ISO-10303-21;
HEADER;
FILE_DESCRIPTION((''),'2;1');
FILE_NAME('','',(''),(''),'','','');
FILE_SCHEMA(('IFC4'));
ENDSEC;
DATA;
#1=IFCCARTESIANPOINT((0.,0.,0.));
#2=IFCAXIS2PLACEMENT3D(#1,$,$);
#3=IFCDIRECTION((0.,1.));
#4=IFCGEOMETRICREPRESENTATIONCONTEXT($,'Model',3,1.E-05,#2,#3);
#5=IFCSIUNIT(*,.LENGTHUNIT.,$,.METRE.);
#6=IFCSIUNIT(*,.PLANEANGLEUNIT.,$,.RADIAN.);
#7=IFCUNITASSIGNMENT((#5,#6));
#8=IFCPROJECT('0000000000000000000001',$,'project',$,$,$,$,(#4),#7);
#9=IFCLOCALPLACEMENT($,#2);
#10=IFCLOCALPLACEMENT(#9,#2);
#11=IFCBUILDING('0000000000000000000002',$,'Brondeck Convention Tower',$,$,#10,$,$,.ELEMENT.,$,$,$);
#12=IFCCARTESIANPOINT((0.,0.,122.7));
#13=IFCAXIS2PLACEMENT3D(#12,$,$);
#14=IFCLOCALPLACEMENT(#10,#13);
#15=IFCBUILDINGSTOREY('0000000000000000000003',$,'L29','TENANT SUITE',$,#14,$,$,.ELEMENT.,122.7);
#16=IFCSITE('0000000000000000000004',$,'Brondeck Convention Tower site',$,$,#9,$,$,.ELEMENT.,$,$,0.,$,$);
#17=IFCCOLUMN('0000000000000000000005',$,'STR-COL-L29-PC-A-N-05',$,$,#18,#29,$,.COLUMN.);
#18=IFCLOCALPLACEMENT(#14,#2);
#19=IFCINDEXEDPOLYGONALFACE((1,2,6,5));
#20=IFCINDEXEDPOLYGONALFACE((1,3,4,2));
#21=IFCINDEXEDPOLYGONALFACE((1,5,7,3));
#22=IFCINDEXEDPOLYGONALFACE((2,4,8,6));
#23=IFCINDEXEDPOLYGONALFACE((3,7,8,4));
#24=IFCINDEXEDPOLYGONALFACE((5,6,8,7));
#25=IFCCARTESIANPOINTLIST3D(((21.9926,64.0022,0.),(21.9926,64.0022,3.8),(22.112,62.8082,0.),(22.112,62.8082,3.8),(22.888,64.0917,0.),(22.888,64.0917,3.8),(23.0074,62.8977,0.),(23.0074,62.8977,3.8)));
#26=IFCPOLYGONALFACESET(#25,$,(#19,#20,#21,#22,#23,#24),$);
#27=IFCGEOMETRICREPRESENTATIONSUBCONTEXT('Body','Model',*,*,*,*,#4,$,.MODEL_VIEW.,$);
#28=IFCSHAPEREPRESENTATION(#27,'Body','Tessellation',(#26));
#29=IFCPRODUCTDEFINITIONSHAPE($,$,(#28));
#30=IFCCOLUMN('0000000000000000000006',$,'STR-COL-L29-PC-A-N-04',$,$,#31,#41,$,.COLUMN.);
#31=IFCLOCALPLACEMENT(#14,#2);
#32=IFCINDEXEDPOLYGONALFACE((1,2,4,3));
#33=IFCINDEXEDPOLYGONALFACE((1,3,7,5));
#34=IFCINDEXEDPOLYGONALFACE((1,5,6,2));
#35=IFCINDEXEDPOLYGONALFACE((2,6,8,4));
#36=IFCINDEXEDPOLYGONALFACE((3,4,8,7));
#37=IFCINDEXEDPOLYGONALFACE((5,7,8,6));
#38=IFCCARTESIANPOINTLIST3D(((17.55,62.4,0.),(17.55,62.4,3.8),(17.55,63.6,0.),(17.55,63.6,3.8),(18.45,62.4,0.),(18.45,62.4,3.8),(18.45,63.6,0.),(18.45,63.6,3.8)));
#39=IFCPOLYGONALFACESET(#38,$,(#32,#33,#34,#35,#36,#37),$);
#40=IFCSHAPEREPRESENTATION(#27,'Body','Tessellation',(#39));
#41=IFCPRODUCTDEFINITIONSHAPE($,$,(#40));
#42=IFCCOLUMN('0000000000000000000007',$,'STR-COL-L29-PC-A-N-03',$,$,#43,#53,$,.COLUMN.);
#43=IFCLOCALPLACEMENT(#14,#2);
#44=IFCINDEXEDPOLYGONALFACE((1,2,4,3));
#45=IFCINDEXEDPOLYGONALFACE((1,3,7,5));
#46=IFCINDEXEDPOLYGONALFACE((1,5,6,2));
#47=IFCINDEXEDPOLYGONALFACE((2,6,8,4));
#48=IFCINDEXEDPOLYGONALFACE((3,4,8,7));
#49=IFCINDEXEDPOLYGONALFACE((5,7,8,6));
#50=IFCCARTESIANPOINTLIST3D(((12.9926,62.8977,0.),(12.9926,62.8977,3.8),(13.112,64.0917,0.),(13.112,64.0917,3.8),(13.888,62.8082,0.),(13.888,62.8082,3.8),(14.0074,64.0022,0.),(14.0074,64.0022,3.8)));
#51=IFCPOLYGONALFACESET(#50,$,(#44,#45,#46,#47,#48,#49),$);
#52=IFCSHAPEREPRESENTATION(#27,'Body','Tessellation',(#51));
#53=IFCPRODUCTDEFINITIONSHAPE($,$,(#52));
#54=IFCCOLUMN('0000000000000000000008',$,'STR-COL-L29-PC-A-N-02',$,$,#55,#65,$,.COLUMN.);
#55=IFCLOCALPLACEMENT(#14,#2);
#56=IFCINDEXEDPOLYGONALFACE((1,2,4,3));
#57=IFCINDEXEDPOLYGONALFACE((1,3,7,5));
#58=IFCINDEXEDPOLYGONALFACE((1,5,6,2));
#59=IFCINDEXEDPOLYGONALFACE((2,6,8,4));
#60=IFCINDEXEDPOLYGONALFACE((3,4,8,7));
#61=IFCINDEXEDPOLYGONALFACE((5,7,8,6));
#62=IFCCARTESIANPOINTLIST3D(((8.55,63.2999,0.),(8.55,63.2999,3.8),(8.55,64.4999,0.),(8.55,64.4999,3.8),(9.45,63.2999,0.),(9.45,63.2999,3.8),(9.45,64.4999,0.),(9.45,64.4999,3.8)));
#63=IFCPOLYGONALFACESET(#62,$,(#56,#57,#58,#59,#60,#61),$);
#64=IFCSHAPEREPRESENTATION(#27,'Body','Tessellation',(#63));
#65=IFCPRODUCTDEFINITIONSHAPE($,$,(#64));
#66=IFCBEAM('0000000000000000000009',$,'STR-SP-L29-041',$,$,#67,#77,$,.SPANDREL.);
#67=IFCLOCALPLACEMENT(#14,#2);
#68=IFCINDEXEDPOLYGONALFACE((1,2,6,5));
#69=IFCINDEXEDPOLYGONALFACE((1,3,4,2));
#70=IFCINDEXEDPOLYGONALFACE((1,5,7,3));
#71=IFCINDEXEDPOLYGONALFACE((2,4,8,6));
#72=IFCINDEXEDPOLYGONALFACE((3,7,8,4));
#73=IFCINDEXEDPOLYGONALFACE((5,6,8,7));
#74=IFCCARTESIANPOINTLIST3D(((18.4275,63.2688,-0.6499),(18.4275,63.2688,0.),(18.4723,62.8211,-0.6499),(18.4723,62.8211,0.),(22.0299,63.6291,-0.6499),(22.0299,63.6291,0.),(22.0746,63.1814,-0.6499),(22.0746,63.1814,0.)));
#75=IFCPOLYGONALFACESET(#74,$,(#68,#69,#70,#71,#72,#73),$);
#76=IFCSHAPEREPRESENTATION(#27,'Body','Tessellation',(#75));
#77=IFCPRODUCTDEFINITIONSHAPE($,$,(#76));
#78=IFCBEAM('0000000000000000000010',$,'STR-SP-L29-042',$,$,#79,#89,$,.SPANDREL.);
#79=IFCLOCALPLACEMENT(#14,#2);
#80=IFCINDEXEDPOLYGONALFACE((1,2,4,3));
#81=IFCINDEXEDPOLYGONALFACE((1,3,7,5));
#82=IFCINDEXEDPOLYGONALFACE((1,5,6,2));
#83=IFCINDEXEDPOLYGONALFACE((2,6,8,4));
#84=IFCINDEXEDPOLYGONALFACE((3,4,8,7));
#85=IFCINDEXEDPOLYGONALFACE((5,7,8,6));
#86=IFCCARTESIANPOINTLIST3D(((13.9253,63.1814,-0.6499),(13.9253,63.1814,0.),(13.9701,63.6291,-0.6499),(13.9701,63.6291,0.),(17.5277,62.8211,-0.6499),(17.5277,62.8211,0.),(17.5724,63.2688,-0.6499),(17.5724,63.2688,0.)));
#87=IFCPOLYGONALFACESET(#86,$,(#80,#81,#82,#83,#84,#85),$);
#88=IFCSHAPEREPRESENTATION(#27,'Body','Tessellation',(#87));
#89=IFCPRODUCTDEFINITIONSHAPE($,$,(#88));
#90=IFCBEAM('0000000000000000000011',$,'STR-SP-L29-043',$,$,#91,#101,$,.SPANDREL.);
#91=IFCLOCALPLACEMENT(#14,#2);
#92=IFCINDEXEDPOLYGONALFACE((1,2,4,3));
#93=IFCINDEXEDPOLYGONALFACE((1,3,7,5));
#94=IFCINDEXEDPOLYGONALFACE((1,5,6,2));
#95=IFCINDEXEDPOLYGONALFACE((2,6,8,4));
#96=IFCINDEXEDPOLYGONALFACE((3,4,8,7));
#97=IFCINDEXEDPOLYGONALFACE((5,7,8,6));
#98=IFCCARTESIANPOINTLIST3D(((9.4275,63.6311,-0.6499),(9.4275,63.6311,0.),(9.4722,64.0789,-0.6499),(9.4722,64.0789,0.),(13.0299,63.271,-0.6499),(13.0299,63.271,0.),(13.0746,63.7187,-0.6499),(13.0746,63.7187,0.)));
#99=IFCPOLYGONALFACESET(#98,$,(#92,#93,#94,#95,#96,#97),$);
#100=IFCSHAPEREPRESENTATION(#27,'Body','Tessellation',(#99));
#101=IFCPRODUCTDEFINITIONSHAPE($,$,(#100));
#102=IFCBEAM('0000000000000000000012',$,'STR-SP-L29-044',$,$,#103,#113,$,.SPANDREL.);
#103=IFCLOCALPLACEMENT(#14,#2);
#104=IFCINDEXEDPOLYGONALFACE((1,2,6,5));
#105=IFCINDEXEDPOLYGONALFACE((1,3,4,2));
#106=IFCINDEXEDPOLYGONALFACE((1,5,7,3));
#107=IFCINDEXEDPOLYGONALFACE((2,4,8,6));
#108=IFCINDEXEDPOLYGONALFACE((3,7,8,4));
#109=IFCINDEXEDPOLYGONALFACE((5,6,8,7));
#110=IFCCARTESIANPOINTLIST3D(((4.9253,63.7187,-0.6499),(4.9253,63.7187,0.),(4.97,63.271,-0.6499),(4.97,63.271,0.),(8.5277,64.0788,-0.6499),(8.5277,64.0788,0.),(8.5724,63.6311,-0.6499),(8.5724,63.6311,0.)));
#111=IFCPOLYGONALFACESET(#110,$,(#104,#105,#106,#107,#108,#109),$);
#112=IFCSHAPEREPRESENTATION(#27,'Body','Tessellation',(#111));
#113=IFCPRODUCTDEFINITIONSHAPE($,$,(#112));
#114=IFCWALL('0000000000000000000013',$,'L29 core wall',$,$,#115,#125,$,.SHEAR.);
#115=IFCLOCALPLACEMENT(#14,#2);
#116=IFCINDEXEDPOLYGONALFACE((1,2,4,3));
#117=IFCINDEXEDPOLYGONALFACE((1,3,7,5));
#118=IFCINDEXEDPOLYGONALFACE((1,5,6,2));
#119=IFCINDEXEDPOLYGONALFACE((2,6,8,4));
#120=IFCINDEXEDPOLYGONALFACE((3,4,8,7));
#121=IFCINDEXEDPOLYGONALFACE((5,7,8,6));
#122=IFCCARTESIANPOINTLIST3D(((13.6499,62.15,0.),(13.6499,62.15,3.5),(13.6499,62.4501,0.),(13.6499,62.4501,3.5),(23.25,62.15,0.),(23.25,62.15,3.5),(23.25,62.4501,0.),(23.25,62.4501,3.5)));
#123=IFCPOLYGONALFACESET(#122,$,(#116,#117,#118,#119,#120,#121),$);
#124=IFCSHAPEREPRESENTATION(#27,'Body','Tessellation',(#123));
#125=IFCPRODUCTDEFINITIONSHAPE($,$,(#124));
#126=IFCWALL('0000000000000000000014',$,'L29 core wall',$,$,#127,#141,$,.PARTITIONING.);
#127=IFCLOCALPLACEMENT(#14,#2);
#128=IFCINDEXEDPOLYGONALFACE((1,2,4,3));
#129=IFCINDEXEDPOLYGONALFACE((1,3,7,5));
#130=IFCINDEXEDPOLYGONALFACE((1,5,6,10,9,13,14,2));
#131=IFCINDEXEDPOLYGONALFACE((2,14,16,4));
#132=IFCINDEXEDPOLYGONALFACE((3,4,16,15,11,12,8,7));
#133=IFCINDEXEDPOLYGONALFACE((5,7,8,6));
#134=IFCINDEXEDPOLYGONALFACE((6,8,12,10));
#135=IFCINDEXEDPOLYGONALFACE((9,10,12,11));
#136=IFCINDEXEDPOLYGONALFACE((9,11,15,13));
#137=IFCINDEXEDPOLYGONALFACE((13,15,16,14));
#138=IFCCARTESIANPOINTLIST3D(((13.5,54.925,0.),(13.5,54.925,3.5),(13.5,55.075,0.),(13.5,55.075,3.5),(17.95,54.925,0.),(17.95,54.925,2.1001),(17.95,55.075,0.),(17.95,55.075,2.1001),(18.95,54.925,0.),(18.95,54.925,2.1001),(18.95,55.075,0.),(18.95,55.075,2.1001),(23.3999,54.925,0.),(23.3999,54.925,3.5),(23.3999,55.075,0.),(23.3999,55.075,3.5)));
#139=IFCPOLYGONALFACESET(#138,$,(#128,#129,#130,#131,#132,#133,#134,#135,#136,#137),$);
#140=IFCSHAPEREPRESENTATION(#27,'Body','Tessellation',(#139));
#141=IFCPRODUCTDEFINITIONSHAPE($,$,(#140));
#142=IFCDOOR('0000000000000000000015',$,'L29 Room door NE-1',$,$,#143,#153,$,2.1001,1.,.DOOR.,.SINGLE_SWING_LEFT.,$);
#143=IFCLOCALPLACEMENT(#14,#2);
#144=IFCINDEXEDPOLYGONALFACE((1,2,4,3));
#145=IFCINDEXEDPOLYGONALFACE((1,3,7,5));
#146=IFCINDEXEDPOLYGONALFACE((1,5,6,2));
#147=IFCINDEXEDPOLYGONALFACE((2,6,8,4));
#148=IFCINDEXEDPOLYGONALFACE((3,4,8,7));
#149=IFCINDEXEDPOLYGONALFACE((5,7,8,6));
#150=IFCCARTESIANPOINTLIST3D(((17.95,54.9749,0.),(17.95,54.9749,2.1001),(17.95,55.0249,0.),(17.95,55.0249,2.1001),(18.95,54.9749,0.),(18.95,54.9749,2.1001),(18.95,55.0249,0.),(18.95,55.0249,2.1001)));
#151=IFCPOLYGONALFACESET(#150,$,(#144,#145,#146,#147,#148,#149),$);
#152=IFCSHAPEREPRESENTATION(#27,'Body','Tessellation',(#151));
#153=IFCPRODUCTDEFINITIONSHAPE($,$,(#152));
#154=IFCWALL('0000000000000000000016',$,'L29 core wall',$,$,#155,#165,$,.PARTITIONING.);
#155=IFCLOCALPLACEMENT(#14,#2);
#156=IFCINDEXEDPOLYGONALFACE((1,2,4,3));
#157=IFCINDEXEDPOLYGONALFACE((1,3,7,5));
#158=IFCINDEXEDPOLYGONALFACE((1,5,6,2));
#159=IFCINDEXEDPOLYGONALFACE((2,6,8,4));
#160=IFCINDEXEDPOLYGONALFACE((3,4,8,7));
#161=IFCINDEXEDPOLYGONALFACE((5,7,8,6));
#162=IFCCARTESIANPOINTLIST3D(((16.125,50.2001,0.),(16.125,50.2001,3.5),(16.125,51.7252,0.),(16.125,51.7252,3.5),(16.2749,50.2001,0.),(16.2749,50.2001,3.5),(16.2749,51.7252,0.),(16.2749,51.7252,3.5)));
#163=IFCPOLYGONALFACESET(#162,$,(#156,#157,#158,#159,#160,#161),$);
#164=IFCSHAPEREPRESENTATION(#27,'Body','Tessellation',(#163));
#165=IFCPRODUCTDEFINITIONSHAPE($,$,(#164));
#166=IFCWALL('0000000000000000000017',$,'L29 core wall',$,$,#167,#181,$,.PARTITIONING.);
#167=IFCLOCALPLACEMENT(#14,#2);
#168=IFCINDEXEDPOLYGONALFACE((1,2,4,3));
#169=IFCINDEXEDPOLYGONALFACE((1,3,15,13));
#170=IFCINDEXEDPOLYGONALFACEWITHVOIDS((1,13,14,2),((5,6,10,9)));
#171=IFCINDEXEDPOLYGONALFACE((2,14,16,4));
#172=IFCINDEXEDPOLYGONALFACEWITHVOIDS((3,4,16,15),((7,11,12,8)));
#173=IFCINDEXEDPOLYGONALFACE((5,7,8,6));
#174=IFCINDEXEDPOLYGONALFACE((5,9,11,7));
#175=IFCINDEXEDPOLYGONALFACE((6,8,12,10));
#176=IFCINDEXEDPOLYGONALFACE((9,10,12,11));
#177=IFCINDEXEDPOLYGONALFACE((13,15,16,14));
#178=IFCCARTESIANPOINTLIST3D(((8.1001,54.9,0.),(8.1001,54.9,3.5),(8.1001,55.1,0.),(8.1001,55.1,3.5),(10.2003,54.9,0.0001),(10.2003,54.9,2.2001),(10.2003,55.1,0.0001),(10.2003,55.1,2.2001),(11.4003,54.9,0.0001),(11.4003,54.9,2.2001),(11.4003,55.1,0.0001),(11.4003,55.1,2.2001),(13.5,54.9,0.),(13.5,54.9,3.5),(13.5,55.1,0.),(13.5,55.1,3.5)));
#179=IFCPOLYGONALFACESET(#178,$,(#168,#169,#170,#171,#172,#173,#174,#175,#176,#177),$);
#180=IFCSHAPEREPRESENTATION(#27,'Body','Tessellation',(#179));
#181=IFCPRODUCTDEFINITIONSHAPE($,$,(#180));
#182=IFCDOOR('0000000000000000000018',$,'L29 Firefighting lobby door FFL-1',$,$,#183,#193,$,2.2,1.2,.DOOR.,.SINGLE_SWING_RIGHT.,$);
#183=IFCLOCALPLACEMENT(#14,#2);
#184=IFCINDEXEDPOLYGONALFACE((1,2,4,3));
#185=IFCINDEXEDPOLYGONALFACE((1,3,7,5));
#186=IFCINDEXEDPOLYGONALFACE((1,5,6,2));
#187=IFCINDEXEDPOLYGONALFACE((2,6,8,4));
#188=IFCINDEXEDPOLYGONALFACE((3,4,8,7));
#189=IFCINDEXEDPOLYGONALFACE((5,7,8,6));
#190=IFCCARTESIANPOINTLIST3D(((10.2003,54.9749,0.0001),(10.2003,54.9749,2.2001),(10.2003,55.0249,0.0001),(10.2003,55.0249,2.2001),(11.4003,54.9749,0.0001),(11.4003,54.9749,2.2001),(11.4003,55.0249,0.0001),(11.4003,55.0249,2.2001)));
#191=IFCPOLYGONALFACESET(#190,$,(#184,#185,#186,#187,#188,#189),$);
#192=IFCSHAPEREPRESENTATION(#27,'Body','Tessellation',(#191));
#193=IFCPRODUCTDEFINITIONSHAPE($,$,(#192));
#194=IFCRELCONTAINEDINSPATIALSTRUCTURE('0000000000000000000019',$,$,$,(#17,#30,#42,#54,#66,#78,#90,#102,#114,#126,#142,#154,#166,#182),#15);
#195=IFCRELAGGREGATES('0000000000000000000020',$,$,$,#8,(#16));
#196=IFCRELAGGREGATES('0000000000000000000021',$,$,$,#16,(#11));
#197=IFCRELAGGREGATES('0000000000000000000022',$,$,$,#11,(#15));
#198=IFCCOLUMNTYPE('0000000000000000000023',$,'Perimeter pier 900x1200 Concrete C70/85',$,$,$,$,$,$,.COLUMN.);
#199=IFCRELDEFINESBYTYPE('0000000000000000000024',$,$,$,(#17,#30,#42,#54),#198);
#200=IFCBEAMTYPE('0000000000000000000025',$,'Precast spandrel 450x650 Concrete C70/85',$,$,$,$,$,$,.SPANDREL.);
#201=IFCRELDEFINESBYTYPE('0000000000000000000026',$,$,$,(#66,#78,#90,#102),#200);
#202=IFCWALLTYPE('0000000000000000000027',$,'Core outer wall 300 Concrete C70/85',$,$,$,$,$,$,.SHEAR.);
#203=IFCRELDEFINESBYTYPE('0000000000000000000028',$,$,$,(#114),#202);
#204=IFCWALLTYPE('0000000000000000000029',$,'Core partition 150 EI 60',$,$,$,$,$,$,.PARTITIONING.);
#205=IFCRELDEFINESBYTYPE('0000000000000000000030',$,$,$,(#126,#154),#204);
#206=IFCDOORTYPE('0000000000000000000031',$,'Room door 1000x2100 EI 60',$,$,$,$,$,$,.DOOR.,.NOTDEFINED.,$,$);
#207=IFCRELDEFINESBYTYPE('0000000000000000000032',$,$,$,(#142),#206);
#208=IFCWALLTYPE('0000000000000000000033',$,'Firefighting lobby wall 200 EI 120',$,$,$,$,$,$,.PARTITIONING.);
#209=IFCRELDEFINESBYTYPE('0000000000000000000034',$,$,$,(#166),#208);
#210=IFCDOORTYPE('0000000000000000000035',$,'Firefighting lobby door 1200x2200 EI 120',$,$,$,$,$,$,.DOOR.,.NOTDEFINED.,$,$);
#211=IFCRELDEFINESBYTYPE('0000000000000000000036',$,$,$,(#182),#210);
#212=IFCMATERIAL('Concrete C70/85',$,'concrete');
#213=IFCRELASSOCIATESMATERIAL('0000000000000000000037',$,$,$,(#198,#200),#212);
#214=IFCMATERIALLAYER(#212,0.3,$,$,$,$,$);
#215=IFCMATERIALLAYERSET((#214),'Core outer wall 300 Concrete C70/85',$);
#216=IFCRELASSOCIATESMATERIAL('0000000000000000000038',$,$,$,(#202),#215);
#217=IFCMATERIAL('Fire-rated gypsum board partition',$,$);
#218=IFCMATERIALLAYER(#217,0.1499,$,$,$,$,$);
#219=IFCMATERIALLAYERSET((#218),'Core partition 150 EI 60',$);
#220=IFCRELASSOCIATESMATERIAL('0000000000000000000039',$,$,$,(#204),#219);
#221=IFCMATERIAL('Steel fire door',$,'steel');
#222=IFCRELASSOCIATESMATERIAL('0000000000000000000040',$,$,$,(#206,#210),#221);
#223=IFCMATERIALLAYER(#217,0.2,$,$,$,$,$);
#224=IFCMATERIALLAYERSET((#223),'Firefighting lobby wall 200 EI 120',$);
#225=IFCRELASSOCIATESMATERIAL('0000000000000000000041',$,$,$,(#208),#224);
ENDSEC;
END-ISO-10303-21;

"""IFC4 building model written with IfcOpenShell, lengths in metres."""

from ifc_helpers import new_model, si_unit, direction, frame, frame_2d, origin, origin_2d, place, context, subcontext, project, spatial, rectangle, extrude, material, layer, layer_set, material_profile, profile_set, type_object, element, fill, save


model = new_model("IFC4")

# Units and contexts
model_context = context("Model", 3, precision=1e-05, world=origin(), true_north=direction((0.0, 1.0)))
body_context = subcontext(model_context, "Body", "Model", "MODEL_VIEW")
ifc_project = project(units=[si_unit("LENGTHUNIT", "METRE"), si_unit("PLANEANGLEUNIT", "RADIAN")], contexts=[model_context])

# Site, building, storey
site_placement = place(None, origin())
site = spatial("IfcSite", under=ifc_project, at=site_placement, Name="Brondeck Convention Tower site", CompositionType="ELEMENT", RefElevation=0.0)
building_placement = place(site_placement, origin())
building = spatial("IfcBuilding", under=site, at=building_placement, Name="Brondeck Convention Tower", CompositionType="ELEMENT")
storey_placement = place(building_placement, frame((0.0, 0.0, 122.7)))
storey = spatial("IfcBuildingStorey", under=building, at=storey_placement, Name="L29", Description="TENANT SUITE", CompositionType="ELEMENT", Elevation=122.7)

# Columns
ifc_material_1 = material(Name="Concrete C70/85", Category="concrete")
ifc_material_profile_1 = material_profile(ifc_material_1, rectangle(XDim=0.8999, YDim=1.2, at=origin_2d()), Name="Perimeter pier 900x1200 Concrete C70/85")
ifc_profile_set_1 = profile_set([ifc_material_profile_1], Name="Concrete C70/85")
column_type = type_object("IfcColumnType", Name="Perimeter pier 900x1200 Concrete C70/85", PredefinedType="COLUMN", material=ifc_profile_set_1)
for number, where, z_axis, x_axis, name in (
    (1, (22.5, 63.45, 0.0), (0.0, 0.0, 1.0), (-0.995037, -0.099504, 0.0), "STR-COL-L29-PC-A-N-05"),
    (2, (18.0, 63.0, 0.0), (0.0, 0.0, 1.0), (-1.0, 0.0, 0.0), "STR-COL-L29-PC-A-N-04"),
    (3, (13.5, 63.45, 0.0), (0.0, 0.0, 1.0), (-0.995037, 0.099504, 0.0), "STR-COL-L29-PC-A-N-03"),
    (4, (9.0, 63.8999, 0.0), (0.0, 0.0, 1.0), (-1.0, 0.0, 0.0), "STR-COL-L29-PC-A-N-02"),
):
    element("IfcColumn", number, at=place(storey_placement, frame(where, z_axis=z_axis, x_axis=x_axis)), inside=storey, type_object=column_type, Name=name, PredefinedType="COLUMN", context=body_context, shape_type="SweptSolid", body=[
        extrude(rectangle(XDim=0.8999, YDim=1.2, at=origin_2d()), origin(), (0.0, 0.0, 1.0), 3.8),
    ])

# Beams
ifc_material_profile_2 = material_profile(ifc_material_1, rectangle(XDim=0.45, YDim=0.6499, at=origin_2d()), Name="Precast spandrel 450x650 Concrete C70/85")
ifc_profile_set_2 = profile_set([ifc_material_profile_2], Name="Concrete C70/85")
beam_type = type_object("IfcBeamType", Name="Precast spandrel 450x650 Concrete C70/85", PredefinedType="SPANDREL", material=ifc_profile_set_2)
for number, where, z_axis, x_axis, name in (
    (5, (22.0522, 63.4053, -0.325), (-0.995034, -0.099537, 0.0), (0.099537, -0.995034, 0.0), "STR-SP-L29-041"),
    (6, (17.55, 63.0449, -0.325), (-0.995034, 0.099537, 0.0), (-0.099537, -0.995034, 0.0), "STR-SP-L29-042"),
    (7, (13.0522, 63.4949, -0.325), (-0.995041, 0.09947, 0.0), (-0.09947, -0.995041, 0.0), "STR-SP-L29-043"),
    (8, (8.55, 63.855, -0.325), (-0.995041, -0.09947, 0.0), (0.09947, -0.995041, 0.0), "STR-SP-L29-044"),
):
    element("IfcBeam", number, at=place(storey_placement, frame(where, z_axis=z_axis, x_axis=x_axis)), inside=storey, type_object=beam_type, Name=name, PredefinedType="SPANDREL", context=body_context, shape_type="SweptSolid", body=[
        extrude(rectangle(XDim=0.45, YDim=0.6499, at=origin_2d()), origin(), (0.0, 0.0, 1.0), 3.6204),
    ])

# Wall
ifc_layer_1 = layer(ifc_material_1, 0.3)
ifc_layer_set_1 = layer_set([ifc_layer_1], Name="Core outer wall 300 Concrete C70/85")
wall_type_1 = type_object("IfcWallType", Name="Core outer wall 300 Concrete C70/85", PredefinedType="SHEAR", material=ifc_layer_set_1)
wall_1_placement = place(storey_placement, frame((13.6499, 62.3, 0.0), z_axis=(0.0, 0.0, 1.0), x_axis=(1.0, 0.0, 0.0)))
element("IfcWall", 9, at=wall_1_placement, inside=storey, type_object=wall_type_1, Name="L29 core wall", PredefinedType="SHEAR", context=body_context, shape_type="SweptSolid", body=[
    extrude(rectangle(XDim=9.6001, YDim=0.3, at=frame_2d((4.8, 0.0))), origin(), (0.0, 0.0, 1.0), 3.5),
])

# Wall, opening, door
ifc_material_2 = material(Name="Fire-rated gypsum board partition")
ifc_layer_2 = layer(ifc_material_2, 0.1499)
ifc_layer_set_2 = layer_set([ifc_layer_2], Name="Core partition 150 EI 60")
wall_type_2 = type_object("IfcWallType", Name="Core partition 150 EI 60", PredefinedType="PARTITIONING", material=ifc_layer_set_2)
wall_2_placement = place(storey_placement, frame((13.5, 55.0, 0.0), z_axis=(0.0, 0.0, 1.0), x_axis=(1.0, 0.0, 0.0)))
wall_2 = element("IfcWall", 10, at=wall_2_placement, inside=storey, type_object=wall_type_2, Name="L29 core wall", PredefinedType="PARTITIONING", context=body_context, shape_type="SweptSolid", body=[
    extrude(rectangle(XDim=9.8999, YDim=0.1499, at=frame_2d((4.95, 0.0))), origin(), (0.0, 0.0, 1.0), 3.5),
])
opening_1_placement = place(wall_2_placement, frame((4.45, 0.0, 0.0)))
opening_1 = element("IfcOpeningElement", 11, at=opening_1_placement, cuts=wall_2, PredefinedType="OPENING", context=body_context, shape_type="SweptSolid", body=[
    extrude(rectangle(XDim=1.0, YDim=2.1001, at=frame_2d((0.5, 1.05))), frame((0.0, 0.085, 0.0), z_axis=(0.0, -1.0, 0.0), x_axis=(1.0, 0.0, 0.0)), (0.0, 0.0, 1.0), 0.1699),
])
ifc_material_3 = material(Name="Steel fire door", Category="steel")
door_type_1 = type_object("IfcDoorType", Name="Room door 1000x2100 EI 60", OperationType="NOTDEFINED", PredefinedType="DOOR", material=ifc_material_3)
door_1_placement = place(opening_1_placement, origin())
door_1 = element("IfcDoor", 12, at=door_1_placement, inside=storey, type_object=door_type_1, Name="L29 Room door NE-1", OperationType="SINGLE_SWING_LEFT", OverallHeight=2.1001, OverallWidth=1.0, PredefinedType="DOOR", context=body_context, shape_type="SweptSolid", body=[
    extrude(rectangle(XDim=1.0, YDim=2.1001, at=frame_2d((0.5, 1.05))), frame((0.0, 0.0249, 0.0), z_axis=(0.0, -1.0, 0.0), x_axis=(1.0, 0.0, 0.0)), (0.0, 0.0, 1.0), 0.05),
])
fill(opening_1, door_1)

# Wall
wall_3_placement = place(storey_placement, frame((16.2, 50.2, 0.0), z_axis=(0.0, 0.0, 1.0), x_axis=(0.0, 1.0, 0.0)))
element("IfcWall", 13, at=wall_3_placement, inside=storey, type_object=wall_type_2, Name="L29 core wall", PredefinedType="PARTITIONING", context=body_context, shape_type="SweptSolid", body=[
    extrude(rectangle(XDim=1.5251, YDim=0.1499, at=frame_2d((0.7627, 0.0))), origin(), (0.0, 0.0, 1.0), 3.5),
])

# Wall, opening, door
ifc_layer_3 = layer(ifc_material_2, 0.2)
ifc_layer_set_3 = layer_set([ifc_layer_3], Name="Firefighting lobby wall 200 EI 120")
wall_type_3 = type_object("IfcWallType", Name="Firefighting lobby wall 200 EI 120", PredefinedType="PARTITIONING", material=ifc_layer_set_3)
wall_4_placement = place(storey_placement, frame((8.1001, 55.0, 0.0), z_axis=(0.0, 0.0, 1.0), x_axis=(1.0, 0.0, 0.0)))
wall_4 = element("IfcWall", 14, at=wall_4_placement, inside=storey, type_object=wall_type_3, Name="L29 core wall", PredefinedType="PARTITIONING", context=body_context, shape_type="SweptSolid", body=[
    extrude(rectangle(XDim=5.3999, YDim=0.2, at=frame_2d((2.7, 0.0))), origin(), (0.0, 0.0, 1.0), 3.5),
])
opening_2_placement = place(wall_4_placement, frame((2.1001, 0.0, 0.0)))
opening_2 = element("IfcOpeningElement", 15, at=opening_2_placement, cuts=wall_4, PredefinedType="OPENING", context=body_context, shape_type="SweptSolid", body=[
    extrude(rectangle(XDim=1.2, YDim=2.2, at=frame_2d((0.6001, 1.1001))), frame((0.0, 0.1099, 0.0), z_axis=(0.0, -1.0, 0.0), x_axis=(1.0, 0.0, 0.0)), (0.0, 0.0, 1.0), 0.22),
])
door_type_2 = type_object("IfcDoorType", Name="Firefighting lobby door 1200x2200 EI 120", OperationType="NOTDEFINED", PredefinedType="DOOR", material=ifc_material_3)
door_2_placement = place(opening_2_placement, origin())
door_2 = element("IfcDoor", 16, at=door_2_placement, inside=storey, type_object=door_type_2, Name="L29 Firefighting lobby door FFL-1", OperationType="SINGLE_SWING_RIGHT", OverallHeight=2.2, OverallWidth=1.2, PredefinedType="DOOR", context=body_context, shape_type="SweptSolid", body=[
    extrude(rectangle(XDim=1.2, YDim=2.2, at=frame_2d((0.6001, 1.1001))), frame((0.0, 0.0249, 0.0), z_axis=(0.0, -1.0, 0.0), x_axis=(1.0, 0.0, 0.0)), (0.0, 0.0, 1.0), 0.05),
])
fill(opening_2, door_2)

save(model, "model.ifc")
